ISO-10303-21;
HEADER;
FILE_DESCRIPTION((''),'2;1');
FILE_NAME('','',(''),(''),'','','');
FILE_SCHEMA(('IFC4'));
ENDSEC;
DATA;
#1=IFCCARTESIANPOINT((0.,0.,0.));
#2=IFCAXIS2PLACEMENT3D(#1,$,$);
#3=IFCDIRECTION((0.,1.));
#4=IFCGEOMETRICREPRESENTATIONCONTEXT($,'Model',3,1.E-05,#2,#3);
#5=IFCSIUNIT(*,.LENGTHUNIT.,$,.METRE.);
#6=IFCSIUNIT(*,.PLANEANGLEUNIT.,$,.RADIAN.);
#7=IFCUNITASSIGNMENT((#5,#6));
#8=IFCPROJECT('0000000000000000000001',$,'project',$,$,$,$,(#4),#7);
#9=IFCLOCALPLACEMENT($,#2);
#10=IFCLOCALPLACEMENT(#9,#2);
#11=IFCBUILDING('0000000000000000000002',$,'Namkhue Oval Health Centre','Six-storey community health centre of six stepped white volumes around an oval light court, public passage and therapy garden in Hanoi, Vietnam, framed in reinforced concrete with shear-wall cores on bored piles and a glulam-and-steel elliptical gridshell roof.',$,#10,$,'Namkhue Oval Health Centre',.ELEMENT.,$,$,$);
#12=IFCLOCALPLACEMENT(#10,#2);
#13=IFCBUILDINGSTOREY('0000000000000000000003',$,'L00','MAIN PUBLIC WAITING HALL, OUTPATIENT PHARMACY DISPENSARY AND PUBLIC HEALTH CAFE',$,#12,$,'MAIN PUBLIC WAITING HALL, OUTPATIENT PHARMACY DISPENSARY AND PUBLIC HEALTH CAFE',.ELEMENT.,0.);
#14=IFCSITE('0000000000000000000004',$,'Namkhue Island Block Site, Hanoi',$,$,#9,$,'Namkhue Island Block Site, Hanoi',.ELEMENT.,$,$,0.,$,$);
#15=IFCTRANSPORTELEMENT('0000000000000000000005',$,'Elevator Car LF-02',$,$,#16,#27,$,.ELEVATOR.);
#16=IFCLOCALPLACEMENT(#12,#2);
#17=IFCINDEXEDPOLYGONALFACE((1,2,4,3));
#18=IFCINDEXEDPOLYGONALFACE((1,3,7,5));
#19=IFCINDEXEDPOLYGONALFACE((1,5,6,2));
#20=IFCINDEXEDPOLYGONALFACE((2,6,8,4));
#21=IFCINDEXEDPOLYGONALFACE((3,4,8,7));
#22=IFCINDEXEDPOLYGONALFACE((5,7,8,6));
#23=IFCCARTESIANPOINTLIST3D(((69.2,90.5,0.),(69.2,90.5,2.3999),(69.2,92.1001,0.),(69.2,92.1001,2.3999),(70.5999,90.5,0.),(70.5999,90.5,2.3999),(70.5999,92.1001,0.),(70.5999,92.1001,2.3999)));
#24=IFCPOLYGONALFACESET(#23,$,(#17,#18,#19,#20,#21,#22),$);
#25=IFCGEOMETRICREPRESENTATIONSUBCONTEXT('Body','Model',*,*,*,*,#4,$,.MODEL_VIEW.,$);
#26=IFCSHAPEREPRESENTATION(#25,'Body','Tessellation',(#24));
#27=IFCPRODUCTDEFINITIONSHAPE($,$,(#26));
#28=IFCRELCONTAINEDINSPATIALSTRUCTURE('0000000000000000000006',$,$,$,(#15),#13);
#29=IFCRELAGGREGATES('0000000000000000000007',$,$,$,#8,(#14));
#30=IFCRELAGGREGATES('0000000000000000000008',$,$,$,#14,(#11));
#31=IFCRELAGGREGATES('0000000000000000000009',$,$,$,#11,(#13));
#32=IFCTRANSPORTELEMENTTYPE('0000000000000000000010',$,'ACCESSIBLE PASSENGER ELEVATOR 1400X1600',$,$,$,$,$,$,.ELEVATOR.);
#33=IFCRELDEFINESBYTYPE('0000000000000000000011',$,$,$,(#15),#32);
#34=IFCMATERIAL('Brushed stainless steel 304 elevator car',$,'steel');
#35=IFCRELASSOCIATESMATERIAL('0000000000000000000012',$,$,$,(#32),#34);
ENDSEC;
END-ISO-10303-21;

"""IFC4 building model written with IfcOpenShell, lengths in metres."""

from ifc_helpers import new_model, si_unit, direction, frame, origin, origin_2d, place, context, subcontext, project, spatial, rectangle, extrude, material, type_object, element, save


model = new_model("IFC4")

# Units and contexts
model_context = context("Model", 3, precision=1e-05, world=origin(), true_north=direction((0.0, 1.0)))
body_context = subcontext(model_context, "Body", "Model", "MODEL_VIEW")
ifc_project = project(units=[si_unit("LENGTHUNIT", "METRE"), si_unit("PLANEANGLEUNIT", "RADIAN")], contexts=[model_context])

# Site, building, storey
site_placement = place(None, origin())
site = spatial("IfcSite", under=ifc_project, at=site_placement, Name="Namkhue Island Block Site, Hanoi", LongName="Namkhue Island Block Site, Hanoi", CompositionType="ELEMENT", RefElevation=0.0)
building_placement = place(site_placement, origin())
building = spatial("IfcBuilding", under=site, at=building_placement, Name="Namkhue Oval Health Centre", Description="Six-storey community health centre of six stepped white volumes around an oval light court, public passage and therapy garden in Hanoi, Vietnam, framed in reinforced concrete with shear-wall cores on bored piles and a glulam-and-steel elliptical gridshell roof.", LongName="Namkhue Oval Health Centre", CompositionType="ELEMENT")
storey_placement = place(building_placement, origin())
storey = spatial("IfcBuildingStorey", under=building, at=storey_placement, Name="L00", Description="MAIN PUBLIC WAITING HALL, OUTPATIENT PHARMACY DISPENSARY AND PUBLIC HEALTH CAFE", LongName="MAIN PUBLIC WAITING HALL, OUTPATIENT PHARMACY DISPENSARY AND PUBLIC HEALTH CAFE", CompositionType="ELEMENT", Elevation=0.0)

# Transport element
ifc_material_1 = material(Name="Brushed stainless steel 304 elevator car", Category="steel")
transport_element_type = type_object("IfcTransportElementType", Name="ACCESSIBLE PASSENGER ELEVATOR 1400X1600", PredefinedType="ELEVATOR", material=ifc_material_1)
transport_element_placement = place(storey_placement, frame((69.8999, 91.3, 0.0), z_axis=(0.0, 0.0, 1.0), x_axis=(1.0, 0.0, 0.0)))
element("IfcTransportElement", 1, at=transport_element_placement, inside=storey, type_object=transport_element_type, Name="Elevator Car LF-02", PredefinedType="ELEVATOR", context=body_context, shape_type="SweptSolid", body=[
    extrude(rectangle(XDim=1.3999, YDim=1.6001, at=origin_2d()), origin(), (0.0, 0.0, 1.0), 2.3999),
])

save(model, "model.ifc")
